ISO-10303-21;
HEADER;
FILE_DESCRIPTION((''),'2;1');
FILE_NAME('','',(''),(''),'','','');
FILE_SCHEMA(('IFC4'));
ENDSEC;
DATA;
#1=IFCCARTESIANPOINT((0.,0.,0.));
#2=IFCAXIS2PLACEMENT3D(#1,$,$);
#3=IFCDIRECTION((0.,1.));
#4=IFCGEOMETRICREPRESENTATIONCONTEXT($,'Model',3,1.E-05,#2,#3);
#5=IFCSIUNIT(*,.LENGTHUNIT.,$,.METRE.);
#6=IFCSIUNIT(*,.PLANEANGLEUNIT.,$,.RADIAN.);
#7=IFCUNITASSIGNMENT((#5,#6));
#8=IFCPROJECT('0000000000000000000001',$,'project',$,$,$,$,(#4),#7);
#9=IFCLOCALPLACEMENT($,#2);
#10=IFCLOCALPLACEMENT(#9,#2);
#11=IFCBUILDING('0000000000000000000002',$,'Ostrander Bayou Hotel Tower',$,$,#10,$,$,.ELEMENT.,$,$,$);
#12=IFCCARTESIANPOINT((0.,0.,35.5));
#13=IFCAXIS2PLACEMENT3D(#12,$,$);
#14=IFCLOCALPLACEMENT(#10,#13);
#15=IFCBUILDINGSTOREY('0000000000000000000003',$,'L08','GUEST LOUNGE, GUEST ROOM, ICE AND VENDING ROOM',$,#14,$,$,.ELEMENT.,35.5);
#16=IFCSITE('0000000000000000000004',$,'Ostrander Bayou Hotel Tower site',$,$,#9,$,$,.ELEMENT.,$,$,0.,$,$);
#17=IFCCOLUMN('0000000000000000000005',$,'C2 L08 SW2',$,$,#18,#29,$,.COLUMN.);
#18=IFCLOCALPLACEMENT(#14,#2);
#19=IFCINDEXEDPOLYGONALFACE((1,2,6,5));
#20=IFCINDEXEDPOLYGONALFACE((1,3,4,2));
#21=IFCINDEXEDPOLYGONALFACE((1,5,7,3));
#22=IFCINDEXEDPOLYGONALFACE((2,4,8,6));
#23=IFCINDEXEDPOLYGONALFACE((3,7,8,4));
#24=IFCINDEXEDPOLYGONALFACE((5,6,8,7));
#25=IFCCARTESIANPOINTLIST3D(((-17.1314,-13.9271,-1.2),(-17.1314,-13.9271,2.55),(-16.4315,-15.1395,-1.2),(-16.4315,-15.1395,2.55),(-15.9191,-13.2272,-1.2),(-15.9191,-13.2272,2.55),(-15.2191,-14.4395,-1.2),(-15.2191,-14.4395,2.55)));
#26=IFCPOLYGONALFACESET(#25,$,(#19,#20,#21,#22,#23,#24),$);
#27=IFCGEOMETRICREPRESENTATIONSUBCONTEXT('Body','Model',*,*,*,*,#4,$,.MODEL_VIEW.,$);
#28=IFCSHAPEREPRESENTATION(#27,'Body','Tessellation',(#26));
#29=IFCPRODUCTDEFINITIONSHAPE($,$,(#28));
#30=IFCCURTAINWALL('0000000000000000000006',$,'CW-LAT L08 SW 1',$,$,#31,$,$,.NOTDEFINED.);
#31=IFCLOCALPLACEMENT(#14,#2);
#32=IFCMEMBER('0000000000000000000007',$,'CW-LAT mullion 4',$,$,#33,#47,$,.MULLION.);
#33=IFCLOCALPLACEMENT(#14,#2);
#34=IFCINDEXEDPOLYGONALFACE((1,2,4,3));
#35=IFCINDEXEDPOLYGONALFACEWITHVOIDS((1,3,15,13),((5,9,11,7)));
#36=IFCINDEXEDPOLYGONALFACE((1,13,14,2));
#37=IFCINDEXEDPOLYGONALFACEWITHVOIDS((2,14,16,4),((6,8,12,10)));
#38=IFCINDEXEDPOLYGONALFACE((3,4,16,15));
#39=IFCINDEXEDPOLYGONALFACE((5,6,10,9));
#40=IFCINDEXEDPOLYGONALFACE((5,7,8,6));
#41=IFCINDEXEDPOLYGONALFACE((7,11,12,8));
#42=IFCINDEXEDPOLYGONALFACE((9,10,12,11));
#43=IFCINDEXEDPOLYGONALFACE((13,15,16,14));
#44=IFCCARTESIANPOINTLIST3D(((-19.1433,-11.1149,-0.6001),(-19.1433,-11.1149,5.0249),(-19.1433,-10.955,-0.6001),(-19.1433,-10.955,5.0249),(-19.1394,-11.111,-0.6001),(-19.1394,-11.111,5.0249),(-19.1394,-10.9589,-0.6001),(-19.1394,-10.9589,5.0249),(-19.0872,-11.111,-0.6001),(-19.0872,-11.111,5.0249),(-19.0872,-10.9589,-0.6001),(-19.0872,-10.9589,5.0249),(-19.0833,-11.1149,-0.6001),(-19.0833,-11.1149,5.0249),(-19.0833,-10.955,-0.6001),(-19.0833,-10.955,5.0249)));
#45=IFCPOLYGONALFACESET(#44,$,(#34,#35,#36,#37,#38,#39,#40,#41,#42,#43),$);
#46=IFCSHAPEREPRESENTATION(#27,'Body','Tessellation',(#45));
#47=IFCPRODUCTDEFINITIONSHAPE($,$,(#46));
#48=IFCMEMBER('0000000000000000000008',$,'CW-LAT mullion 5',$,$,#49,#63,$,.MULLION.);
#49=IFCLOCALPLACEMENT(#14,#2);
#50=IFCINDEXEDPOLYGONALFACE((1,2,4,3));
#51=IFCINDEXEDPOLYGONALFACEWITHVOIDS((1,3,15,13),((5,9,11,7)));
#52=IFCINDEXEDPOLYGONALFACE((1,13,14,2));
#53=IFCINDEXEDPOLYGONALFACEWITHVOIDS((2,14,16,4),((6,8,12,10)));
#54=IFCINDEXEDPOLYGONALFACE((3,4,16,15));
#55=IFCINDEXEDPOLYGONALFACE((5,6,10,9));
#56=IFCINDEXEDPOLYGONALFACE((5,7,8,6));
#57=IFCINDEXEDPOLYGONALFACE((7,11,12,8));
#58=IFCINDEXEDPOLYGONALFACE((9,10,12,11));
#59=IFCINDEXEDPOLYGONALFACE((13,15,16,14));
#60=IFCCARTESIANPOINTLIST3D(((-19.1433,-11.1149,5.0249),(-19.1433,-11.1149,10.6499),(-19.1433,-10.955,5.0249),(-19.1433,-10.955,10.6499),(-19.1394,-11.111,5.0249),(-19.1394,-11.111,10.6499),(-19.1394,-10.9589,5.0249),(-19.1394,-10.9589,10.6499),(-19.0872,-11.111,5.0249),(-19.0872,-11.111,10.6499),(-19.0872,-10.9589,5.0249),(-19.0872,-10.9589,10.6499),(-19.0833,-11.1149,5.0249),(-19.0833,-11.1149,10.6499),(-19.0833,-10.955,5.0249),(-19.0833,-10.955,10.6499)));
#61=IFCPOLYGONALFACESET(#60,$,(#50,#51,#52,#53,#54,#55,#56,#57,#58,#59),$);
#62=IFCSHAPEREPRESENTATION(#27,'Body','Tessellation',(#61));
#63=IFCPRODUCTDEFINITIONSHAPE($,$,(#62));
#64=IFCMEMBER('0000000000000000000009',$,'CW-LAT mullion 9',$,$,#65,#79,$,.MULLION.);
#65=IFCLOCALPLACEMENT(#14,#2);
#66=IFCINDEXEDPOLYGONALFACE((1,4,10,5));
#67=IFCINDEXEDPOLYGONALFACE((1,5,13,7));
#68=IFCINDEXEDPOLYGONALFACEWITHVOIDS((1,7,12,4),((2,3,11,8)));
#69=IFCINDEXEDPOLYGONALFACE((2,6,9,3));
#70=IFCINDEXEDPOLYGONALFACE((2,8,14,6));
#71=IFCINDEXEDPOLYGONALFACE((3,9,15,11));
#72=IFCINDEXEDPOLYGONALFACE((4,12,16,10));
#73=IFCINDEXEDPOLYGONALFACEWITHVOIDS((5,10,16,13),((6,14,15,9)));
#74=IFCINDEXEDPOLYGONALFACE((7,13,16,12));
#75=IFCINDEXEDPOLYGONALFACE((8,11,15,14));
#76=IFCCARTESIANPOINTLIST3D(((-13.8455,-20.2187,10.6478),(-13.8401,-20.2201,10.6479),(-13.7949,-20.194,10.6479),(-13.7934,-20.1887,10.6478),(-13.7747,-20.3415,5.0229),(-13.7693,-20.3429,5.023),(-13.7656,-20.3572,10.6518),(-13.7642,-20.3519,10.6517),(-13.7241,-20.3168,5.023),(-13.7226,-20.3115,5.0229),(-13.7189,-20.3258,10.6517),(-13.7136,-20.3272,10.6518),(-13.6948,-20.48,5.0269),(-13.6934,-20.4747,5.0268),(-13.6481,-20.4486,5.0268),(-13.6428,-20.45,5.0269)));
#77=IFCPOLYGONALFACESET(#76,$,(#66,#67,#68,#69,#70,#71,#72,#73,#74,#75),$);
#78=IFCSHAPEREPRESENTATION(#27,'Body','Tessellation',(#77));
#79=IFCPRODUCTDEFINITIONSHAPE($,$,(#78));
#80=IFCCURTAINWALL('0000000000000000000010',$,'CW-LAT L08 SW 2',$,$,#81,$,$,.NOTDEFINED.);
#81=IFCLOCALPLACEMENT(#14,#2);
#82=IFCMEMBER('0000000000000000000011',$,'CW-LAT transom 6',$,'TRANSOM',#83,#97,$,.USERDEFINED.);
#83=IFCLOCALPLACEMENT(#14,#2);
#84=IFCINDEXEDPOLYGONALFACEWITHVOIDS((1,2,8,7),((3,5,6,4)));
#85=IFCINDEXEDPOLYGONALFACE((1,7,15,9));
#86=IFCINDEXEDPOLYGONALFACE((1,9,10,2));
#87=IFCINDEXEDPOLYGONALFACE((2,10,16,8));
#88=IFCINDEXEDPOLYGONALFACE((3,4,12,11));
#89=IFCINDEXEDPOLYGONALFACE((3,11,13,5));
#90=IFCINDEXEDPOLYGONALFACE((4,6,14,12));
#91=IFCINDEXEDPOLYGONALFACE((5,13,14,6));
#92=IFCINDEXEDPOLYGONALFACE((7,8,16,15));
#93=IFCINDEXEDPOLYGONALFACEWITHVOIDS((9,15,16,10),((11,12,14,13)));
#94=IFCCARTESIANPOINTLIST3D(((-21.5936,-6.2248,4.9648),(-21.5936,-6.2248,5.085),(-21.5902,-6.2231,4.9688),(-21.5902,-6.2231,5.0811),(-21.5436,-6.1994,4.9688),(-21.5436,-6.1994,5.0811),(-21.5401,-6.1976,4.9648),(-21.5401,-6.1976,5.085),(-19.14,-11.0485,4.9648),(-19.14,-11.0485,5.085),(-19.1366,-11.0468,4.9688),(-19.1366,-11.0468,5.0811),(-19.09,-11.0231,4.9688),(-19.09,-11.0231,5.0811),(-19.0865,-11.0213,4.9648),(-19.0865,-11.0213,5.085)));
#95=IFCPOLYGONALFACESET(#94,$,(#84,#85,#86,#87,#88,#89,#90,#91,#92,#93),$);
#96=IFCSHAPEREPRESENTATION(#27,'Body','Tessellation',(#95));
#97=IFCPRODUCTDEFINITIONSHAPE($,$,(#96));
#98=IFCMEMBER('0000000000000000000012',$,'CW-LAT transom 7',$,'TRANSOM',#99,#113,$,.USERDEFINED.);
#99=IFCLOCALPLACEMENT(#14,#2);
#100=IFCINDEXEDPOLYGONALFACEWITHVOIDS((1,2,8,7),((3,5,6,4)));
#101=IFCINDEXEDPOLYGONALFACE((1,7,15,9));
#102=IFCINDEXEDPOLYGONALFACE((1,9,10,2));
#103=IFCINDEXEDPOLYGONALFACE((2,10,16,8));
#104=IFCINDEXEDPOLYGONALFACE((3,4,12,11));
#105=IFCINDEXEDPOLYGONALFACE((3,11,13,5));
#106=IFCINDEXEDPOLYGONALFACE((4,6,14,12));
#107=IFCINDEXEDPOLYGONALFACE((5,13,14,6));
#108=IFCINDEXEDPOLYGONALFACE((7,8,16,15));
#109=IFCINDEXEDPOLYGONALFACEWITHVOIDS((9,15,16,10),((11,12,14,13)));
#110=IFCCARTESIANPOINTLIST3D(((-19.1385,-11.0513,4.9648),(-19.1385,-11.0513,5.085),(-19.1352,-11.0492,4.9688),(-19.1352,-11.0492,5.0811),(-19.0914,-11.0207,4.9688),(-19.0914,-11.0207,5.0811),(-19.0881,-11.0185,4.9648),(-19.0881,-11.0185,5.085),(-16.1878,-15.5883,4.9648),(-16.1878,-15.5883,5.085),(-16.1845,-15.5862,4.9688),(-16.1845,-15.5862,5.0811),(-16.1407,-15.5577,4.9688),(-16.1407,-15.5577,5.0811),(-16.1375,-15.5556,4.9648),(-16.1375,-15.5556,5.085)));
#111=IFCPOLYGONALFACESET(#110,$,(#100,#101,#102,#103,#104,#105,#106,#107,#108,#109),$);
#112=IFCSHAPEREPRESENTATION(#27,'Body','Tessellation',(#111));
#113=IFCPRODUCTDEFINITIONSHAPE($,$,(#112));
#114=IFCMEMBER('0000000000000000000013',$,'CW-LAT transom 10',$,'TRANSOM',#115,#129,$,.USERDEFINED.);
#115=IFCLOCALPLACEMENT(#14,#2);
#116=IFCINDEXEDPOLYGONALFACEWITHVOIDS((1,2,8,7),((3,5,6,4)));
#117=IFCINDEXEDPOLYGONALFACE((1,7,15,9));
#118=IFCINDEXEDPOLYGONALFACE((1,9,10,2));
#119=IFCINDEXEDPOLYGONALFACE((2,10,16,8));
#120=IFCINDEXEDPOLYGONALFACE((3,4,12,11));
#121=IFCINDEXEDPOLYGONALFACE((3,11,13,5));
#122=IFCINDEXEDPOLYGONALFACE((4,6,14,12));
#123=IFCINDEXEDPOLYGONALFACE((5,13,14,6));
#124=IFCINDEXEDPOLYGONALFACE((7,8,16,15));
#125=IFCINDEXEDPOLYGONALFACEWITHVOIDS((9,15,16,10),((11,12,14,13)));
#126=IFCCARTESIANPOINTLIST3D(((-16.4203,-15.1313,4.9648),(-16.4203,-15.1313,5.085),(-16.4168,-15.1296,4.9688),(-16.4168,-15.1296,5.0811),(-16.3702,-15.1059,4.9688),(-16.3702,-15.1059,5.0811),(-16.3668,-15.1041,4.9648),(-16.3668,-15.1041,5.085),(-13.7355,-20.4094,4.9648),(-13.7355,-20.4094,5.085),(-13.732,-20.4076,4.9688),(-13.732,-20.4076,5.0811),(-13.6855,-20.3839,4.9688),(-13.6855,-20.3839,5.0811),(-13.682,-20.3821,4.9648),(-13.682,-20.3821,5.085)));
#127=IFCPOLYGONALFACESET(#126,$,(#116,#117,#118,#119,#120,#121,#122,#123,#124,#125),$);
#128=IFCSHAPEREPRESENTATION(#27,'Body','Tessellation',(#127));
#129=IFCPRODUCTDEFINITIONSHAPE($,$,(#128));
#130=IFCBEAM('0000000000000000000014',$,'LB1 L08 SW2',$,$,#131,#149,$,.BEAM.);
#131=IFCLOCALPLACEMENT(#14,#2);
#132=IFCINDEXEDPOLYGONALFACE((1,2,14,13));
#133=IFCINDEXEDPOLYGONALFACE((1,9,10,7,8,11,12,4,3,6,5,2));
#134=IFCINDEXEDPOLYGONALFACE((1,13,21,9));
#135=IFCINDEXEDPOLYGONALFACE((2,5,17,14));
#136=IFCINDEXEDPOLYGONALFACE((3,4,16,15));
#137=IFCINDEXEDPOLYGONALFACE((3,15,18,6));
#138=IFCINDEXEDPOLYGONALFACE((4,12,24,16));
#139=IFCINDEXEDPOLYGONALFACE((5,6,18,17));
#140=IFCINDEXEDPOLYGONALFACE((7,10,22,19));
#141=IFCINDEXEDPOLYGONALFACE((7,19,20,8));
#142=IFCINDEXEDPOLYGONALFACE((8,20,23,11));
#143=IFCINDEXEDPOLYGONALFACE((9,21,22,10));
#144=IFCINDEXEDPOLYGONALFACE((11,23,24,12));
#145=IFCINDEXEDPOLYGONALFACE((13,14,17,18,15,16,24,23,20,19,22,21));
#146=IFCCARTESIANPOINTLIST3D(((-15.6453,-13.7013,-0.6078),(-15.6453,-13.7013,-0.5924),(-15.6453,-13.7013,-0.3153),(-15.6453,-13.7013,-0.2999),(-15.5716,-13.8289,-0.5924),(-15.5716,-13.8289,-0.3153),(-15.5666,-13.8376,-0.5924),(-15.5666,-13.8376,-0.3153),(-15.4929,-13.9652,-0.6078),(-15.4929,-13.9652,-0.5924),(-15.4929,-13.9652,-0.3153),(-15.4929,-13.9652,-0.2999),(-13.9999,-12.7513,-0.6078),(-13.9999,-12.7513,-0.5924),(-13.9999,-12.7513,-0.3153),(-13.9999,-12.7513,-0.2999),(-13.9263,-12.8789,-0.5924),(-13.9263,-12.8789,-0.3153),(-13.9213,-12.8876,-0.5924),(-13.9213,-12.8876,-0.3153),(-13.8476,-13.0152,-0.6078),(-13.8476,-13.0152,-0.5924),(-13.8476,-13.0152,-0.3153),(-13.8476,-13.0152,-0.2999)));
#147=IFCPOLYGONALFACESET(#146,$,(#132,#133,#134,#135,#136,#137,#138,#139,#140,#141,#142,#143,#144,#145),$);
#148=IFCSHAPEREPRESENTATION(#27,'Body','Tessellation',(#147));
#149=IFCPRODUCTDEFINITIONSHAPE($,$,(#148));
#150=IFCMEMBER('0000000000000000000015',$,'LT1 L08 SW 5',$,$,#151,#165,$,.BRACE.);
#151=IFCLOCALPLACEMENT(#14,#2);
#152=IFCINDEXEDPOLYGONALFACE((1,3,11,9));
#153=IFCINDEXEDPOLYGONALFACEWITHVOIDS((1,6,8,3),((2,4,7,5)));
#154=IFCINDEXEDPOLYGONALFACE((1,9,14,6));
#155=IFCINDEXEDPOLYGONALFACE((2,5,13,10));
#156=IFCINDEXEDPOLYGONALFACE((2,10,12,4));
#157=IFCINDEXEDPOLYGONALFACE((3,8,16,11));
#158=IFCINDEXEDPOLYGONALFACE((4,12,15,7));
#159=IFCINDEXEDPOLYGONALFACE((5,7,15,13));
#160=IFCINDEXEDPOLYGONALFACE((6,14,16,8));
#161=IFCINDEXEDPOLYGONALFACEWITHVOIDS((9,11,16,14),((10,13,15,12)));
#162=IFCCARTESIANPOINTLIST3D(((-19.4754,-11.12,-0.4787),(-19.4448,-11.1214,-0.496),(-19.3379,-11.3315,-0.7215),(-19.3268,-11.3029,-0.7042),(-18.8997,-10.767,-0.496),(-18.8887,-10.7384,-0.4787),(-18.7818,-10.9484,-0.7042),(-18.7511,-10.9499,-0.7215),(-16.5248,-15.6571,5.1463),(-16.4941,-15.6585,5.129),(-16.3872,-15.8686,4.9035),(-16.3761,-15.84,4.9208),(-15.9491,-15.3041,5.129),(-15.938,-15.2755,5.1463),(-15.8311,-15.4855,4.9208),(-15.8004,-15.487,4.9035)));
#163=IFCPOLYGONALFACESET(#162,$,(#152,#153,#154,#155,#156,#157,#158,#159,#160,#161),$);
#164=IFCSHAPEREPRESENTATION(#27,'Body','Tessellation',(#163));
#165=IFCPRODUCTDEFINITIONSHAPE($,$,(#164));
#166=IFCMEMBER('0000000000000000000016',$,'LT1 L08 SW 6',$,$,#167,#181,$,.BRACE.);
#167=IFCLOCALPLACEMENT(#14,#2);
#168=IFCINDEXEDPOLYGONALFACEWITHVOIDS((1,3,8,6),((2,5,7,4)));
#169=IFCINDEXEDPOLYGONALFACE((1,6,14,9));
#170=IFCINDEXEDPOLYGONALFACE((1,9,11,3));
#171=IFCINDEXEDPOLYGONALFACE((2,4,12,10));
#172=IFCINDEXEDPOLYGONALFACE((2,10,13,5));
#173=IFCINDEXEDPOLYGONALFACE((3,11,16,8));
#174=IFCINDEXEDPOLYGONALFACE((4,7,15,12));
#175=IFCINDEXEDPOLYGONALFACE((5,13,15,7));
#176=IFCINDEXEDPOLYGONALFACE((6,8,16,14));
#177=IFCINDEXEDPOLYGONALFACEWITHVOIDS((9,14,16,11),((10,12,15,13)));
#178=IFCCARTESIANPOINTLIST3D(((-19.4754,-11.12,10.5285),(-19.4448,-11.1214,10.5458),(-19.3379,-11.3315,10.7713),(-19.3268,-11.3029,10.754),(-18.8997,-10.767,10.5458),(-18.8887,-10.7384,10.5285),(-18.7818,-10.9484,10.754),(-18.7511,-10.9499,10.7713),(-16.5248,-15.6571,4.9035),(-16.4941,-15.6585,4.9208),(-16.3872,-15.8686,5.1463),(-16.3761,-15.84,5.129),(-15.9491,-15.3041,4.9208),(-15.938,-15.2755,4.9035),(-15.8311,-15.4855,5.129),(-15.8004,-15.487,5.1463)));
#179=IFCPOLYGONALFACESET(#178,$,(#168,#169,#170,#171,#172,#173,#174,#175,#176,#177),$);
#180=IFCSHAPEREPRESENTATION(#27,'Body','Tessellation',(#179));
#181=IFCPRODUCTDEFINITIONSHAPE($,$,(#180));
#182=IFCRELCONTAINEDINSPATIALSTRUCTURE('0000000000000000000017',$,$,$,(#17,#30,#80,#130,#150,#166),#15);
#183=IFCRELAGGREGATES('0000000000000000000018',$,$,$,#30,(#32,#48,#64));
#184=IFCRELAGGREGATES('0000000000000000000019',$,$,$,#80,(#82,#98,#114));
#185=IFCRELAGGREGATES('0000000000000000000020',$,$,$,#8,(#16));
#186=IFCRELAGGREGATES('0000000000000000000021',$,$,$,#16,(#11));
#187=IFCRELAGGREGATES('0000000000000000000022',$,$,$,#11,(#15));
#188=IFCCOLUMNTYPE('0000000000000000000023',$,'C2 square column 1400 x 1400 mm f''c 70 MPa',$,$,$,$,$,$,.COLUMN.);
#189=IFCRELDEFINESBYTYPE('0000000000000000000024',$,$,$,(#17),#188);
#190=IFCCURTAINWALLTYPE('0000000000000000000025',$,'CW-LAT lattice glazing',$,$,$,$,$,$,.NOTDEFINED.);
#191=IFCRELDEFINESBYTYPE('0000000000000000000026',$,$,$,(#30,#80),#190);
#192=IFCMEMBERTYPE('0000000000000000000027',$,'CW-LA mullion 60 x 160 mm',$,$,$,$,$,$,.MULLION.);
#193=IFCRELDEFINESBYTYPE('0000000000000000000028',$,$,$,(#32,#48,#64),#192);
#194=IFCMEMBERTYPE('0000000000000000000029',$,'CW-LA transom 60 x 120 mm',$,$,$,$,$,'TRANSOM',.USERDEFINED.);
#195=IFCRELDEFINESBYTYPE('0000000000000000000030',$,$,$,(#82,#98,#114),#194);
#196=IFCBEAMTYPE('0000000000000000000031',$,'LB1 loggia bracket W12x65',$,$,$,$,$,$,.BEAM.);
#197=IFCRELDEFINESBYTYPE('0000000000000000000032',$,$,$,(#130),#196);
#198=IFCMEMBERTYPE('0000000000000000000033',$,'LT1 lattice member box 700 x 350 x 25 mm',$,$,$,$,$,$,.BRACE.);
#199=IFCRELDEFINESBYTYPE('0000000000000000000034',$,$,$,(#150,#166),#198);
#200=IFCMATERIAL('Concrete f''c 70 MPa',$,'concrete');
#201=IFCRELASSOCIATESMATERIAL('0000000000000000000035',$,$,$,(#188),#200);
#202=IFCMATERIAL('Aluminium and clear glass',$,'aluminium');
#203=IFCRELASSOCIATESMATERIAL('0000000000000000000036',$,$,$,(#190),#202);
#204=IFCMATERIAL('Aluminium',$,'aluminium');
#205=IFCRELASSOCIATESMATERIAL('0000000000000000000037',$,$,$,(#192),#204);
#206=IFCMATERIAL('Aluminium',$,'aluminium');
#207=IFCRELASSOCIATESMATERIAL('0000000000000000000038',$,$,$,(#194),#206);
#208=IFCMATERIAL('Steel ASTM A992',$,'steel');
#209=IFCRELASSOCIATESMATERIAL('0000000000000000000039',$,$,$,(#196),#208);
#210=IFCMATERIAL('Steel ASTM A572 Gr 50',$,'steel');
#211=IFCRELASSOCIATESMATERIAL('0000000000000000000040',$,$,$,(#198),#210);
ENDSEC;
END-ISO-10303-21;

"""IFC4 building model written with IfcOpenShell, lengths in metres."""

from ifc_helpers import new_model, si_unit, direction, frame, origin, origin_2d, place, context, subcontext, project, spatial, rectangle, hollow_rectangle, i_section, extrude, material, material_profile, profile_set, type_object, element, aggregate, save


model = new_model("IFC4")

# Units and contexts
model_context = context("Model", 3, precision=1e-05, world=origin(), true_north=direction((0.0, 1.0)))
body_context = subcontext(model_context, "Body", "Model", "MODEL_VIEW")
ifc_project = project(units=[si_unit("LENGTHUNIT", "METRE"), si_unit("PLANEANGLEUNIT", "RADIAN")], contexts=[model_context])

# Site, building, storey
site_placement = place(None, origin())
site = spatial("IfcSite", under=ifc_project, at=site_placement, Name="Ostrander Bayou Hotel Tower site", CompositionType="ELEMENT", RefElevation=0.0)
building_placement = place(site_placement, origin())
building = spatial("IfcBuilding", under=site, at=building_placement, Name="Ostrander Bayou Hotel Tower", CompositionType="ELEMENT")
storey_placement = place(building_placement, frame((0.0, 0.0, 35.5)))
storey = spatial("IfcBuildingStorey", under=building, at=storey_placement, Name="L08", Description="GUEST LOUNGE, GUEST ROOM, ICE AND VENDING ROOM", CompositionType="ELEMENT", Elevation=35.5)

# Column
ifc_material_1 = material(Name="Concrete f'c 70 MPa", Category="concrete")
ifc_material_profile_1 = material_profile(ifc_material_1, rectangle(XDim=1.3999, YDim=1.3999, at=origin_2d()))
ifc_profile_set_1 = profile_set([ifc_material_profile_1], Name="Concrete f'c 70 MPa")
column_type = type_object("IfcColumnType", Name="C2 square column 1400 x 1400 mm f'c 70 MPa", PredefinedType="COLUMN", material=ifc_profile_set_1)
column_placement = place(storey_placement, frame((-16.1753, -14.1833, -1.2), z_axis=(0.0, 0.0, 1.0), x_axis=(-0.5, 0.866025, 0.0)))
element("IfcColumn", 1, at=column_placement, inside=storey, type_object=column_type, Name="C2 L08 SW2", PredefinedType="COLUMN", context=body_context, shape_type="SweptSolid", body=[
    extrude(rectangle(XDim=1.3999, YDim=1.3999, at=origin_2d()), origin(), (0.0, 0.0, 1.0), 3.75),
])

# Curtain walls, members
ifc_material_2 = material(Name="Aluminium and clear glass", Category="aluminium")
curtain_wall_type = type_object("IfcCurtainWallType", Name="CW-LAT lattice glazing", PredefinedType="NOTDEFINED", material=ifc_material_2)
curtain_wall_1_placement = place(storey_placement, origin())
curtain_wall_1 = element("IfcCurtainWall", 2, at=curtain_wall_1_placement, inside=storey, type_object=curtain_wall_type, Name="CW-LAT L08 SW 1", PredefinedType="NOTDEFINED")
ifc_material_3 = material(Name="Aluminium", Category="aluminium")
ifc_material_profile_2 = material_profile(ifc_material_3, hollow_rectangle(XDim=0.0601, YDim=0.1599, WallThickness=0.0039, at=origin_2d()))
ifc_profile_set_2 = profile_set([ifc_material_profile_2], Name="Aluminium")
member_type_1 = type_object("IfcMemberType", Name="CW-LA mullion 60 x 160 mm", PredefinedType="MULLION", material=ifc_profile_set_2)
member_1_placement = place(storey_placement, frame((-19.1133, -11.0349, -0.6001), z_axis=(0.0, 0.0, 1.0), x_axis=(1.0, 0.0, 0.0)))
member_1 = element("IfcMember", 3, at=member_1_placement, type_object=member_type_1, Name="CW-LAT mullion 4", PredefinedType="MULLION", context=body_context, shape_type="SweptSolid", body=[
    extrude(hollow_rectangle(XDim=0.0601, YDim=0.1599, WallThickness=0.0039, at=origin_2d()), origin(), (0.0, 0.0, 1.0), 5.625),
])
member_2_placement = place(storey_placement, frame((-19.1133, -11.0349, 5.0249), z_axis=(0.0, 0.0, 1.0), x_axis=(1.0, 0.0, 0.0)))
member_2 = element("IfcMember", 4, at=member_2_placement, type_object=member_type_1, Name="CW-LAT mullion 5", PredefinedType="MULLION", context=body_context, shape_type="SweptSolid", body=[
    extrude(hollow_rectangle(XDim=0.0601, YDim=0.1599, WallThickness=0.0039, at=origin_2d()), origin(), (0.0, 0.0, 1.0), 5.625),
])
member_3_placement = place(storey_placement, frame((-13.7087, -20.3958, 5.0249), z_axis=(-0.012583, 0.021825, 0.999683), x_axis=(-0.866329, -0.499474, 0.0)))
member_3 = element("IfcMember", 5, at=member_3_placement, type_object=member_type_1, Name="CW-LAT mullion 9", PredefinedType="MULLION", context=body_context, shape_type="SweptSolid", body=[
    extrude(hollow_rectangle(XDim=0.0601, YDim=0.1599, WallThickness=0.0039, at=origin_2d()), origin(), (0.0, 0.0, 1.0), 5.6267),
])
curtain_wall_2_placement = place(storey_placement, origin())
curtain_wall_2 = element("IfcCurtainWall", 6, at=curtain_wall_2_placement, inside=storey, type_object=curtain_wall_type, Name="CW-LAT L08 SW 2", PredefinedType="NOTDEFINED")
ifc_material_4 = material(Name="Aluminium", Category="aluminium")
ifc_material_profile_3 = material_profile(ifc_material_4, hollow_rectangle(XDim=0.0601, YDim=0.1201, WallThickness=0.0039, at=origin_2d()))
ifc_profile_set_3 = profile_set([ifc_material_profile_3], Name="Aluminium")
member_type_2 = type_object("IfcMemberType", Name="CW-LA transom 60 x 120 mm", ElementType="TRANSOM", PredefinedType="USERDEFINED", material=ifc_profile_set_3)
member_4_placement = place(storey_placement, frame((-19.1133, -11.0349, 5.0249), z_axis=(-0.453374, 0.89132, 0.0), x_axis=(-0.89132, -0.453374, 0.0)))
member_4 = element("IfcMember", 7, at=member_4_placement, type_object=member_type_2, Name="CW-LAT transom 6", ObjectType="TRANSOM", PredefinedType="USERDEFINED", context=body_context, shape_type="SweptSolid", body=[
    extrude(hollow_rectangle(XDim=0.0601, YDim=0.1201, WallThickness=0.0039, at=origin_2d()), origin(), (0.0, 0.0, 1.0), 5.4119),
])
member_5_placement = place(storey_placement, frame((-19.1133, -11.0349, 5.0249), z_axis=(0.545191, -0.838312, 0.0), x_axis=(0.838312, 0.545191, 0.0)))
member_5 = element("IfcMember", 8, at=member_5_placement, type_object=member_type_2, Name="CW-LAT transom 7", ObjectType="TRANSOM", PredefinedType="USERDEFINED", context=body_context, shape_type="SweptSolid", body=[
    extrude(hollow_rectangle(XDim=0.0601, YDim=0.1201, WallThickness=0.0039, at=origin_2d()), origin(), (0.0, 0.0, 1.0), 5.4121),
])
member_6_placement = place(storey_placement, frame((-13.7087, -20.3958, 5.0249), z_axis=(-0.453387, 0.891314, 0.0), x_axis=(-0.891314, -0.453387, 0.0)))
member_6 = element("IfcMember", 9, at=member_6_placement, type_object=member_type_2, Name="CW-LAT transom 10", ObjectType="TRANSOM", PredefinedType="USERDEFINED", context=body_context, shape_type="SweptSolid", body=[
    extrude(hollow_rectangle(XDim=0.0601, YDim=0.1201, WallThickness=0.0039, at=origin_2d()), origin(), (0.0, 0.0, 1.0), 5.9216),
])

# Beam
ifc_material_5 = material(Name="Steel ASTM A992", Category="steel")
ifc_material_profile_4 = material_profile(ifc_material_5, i_section(OverallWidth=0.3047, OverallDepth=0.3079, WebThickness=0.01, FlangeThickness=0.0154, at=origin_2d()))
ifc_profile_set_4 = profile_set([ifc_material_profile_4], Name="Steel ASTM A992")
beam_type_1 = type_object("IfcBeamType", Name="LB1 loggia bracket W12x65", PredefinedType="BEAM", material=ifc_profile_set_4)
beam_1_placement = place(storey_placement, frame((-15.5691, -13.8333, -0.4539), z_axis=(0.866012, 0.500023, 0.0), x_axis=(-0.500023, 0.866012, 0.0)))
element("IfcBeam", 10, at=beam_1_placement, inside=storey, type_object=beam_type_1, Name="LB1 L08 SW2", PredefinedType="BEAM", context=body_context, shape_type="SweptSolid", body=[
    extrude(i_section(OverallWidth=0.3047, OverallDepth=0.3079, WebThickness=0.01, FlangeThickness=0.0154, at=origin_2d()), origin(), (0.0, 0.0, 1.0), 1.8999),
])

# Members
ifc_material_6 = material(Name="Steel ASTM A572 Gr 50", Category="steel")
ifc_material_profile_5 = material_profile(ifc_material_6, hollow_rectangle(XDim=0.7, YDim=0.3501, WallThickness=0.0249, at=origin_2d()))
ifc_profile_set_5 = profile_set([ifc_material_profile_5], Name="Steel ASTM A572 Gr 50")
member_type_3 = type_object("IfcMemberType", Name="LT1 lattice member box 700 x 350 x 25 mm", PredefinedType="BRACE", material=ifc_profile_set_5)
for number, where, z_axis, x_axis, name in (
    (11, (-16.1626, -15.572, 5.0249), (-0.378005, 0.581239, -0.720606), (-0.838312, -0.545191, 0.0), "LT1 L08 SW 5"),
    (12, (-16.1626, -15.572, 5.0249), (-0.378005, 0.581239, 0.720606), (-0.838312, -0.545191, 0.0), "LT1 L08 SW 6"),
):
    element("IfcMember", number, at=place(storey_placement, frame(where, z_axis=z_axis, x_axis=x_axis)), inside=storey, type_object=member_type_3, Name=name, PredefinedType="BRACE", context=body_context, shape_type="SweptSolid", body=[
        extrude(hollow_rectangle(XDim=0.7, YDim=0.3501, WallThickness=0.0249, at=origin_2d()), origin(), (0.0, 0.0, 1.0), 7.8059),
    ])

aggregate(curtain_wall_1, [member_1, member_2, member_3])
aggregate(curtain_wall_2, [member_4, member_5, member_6])

save(model, "model.ifc")
